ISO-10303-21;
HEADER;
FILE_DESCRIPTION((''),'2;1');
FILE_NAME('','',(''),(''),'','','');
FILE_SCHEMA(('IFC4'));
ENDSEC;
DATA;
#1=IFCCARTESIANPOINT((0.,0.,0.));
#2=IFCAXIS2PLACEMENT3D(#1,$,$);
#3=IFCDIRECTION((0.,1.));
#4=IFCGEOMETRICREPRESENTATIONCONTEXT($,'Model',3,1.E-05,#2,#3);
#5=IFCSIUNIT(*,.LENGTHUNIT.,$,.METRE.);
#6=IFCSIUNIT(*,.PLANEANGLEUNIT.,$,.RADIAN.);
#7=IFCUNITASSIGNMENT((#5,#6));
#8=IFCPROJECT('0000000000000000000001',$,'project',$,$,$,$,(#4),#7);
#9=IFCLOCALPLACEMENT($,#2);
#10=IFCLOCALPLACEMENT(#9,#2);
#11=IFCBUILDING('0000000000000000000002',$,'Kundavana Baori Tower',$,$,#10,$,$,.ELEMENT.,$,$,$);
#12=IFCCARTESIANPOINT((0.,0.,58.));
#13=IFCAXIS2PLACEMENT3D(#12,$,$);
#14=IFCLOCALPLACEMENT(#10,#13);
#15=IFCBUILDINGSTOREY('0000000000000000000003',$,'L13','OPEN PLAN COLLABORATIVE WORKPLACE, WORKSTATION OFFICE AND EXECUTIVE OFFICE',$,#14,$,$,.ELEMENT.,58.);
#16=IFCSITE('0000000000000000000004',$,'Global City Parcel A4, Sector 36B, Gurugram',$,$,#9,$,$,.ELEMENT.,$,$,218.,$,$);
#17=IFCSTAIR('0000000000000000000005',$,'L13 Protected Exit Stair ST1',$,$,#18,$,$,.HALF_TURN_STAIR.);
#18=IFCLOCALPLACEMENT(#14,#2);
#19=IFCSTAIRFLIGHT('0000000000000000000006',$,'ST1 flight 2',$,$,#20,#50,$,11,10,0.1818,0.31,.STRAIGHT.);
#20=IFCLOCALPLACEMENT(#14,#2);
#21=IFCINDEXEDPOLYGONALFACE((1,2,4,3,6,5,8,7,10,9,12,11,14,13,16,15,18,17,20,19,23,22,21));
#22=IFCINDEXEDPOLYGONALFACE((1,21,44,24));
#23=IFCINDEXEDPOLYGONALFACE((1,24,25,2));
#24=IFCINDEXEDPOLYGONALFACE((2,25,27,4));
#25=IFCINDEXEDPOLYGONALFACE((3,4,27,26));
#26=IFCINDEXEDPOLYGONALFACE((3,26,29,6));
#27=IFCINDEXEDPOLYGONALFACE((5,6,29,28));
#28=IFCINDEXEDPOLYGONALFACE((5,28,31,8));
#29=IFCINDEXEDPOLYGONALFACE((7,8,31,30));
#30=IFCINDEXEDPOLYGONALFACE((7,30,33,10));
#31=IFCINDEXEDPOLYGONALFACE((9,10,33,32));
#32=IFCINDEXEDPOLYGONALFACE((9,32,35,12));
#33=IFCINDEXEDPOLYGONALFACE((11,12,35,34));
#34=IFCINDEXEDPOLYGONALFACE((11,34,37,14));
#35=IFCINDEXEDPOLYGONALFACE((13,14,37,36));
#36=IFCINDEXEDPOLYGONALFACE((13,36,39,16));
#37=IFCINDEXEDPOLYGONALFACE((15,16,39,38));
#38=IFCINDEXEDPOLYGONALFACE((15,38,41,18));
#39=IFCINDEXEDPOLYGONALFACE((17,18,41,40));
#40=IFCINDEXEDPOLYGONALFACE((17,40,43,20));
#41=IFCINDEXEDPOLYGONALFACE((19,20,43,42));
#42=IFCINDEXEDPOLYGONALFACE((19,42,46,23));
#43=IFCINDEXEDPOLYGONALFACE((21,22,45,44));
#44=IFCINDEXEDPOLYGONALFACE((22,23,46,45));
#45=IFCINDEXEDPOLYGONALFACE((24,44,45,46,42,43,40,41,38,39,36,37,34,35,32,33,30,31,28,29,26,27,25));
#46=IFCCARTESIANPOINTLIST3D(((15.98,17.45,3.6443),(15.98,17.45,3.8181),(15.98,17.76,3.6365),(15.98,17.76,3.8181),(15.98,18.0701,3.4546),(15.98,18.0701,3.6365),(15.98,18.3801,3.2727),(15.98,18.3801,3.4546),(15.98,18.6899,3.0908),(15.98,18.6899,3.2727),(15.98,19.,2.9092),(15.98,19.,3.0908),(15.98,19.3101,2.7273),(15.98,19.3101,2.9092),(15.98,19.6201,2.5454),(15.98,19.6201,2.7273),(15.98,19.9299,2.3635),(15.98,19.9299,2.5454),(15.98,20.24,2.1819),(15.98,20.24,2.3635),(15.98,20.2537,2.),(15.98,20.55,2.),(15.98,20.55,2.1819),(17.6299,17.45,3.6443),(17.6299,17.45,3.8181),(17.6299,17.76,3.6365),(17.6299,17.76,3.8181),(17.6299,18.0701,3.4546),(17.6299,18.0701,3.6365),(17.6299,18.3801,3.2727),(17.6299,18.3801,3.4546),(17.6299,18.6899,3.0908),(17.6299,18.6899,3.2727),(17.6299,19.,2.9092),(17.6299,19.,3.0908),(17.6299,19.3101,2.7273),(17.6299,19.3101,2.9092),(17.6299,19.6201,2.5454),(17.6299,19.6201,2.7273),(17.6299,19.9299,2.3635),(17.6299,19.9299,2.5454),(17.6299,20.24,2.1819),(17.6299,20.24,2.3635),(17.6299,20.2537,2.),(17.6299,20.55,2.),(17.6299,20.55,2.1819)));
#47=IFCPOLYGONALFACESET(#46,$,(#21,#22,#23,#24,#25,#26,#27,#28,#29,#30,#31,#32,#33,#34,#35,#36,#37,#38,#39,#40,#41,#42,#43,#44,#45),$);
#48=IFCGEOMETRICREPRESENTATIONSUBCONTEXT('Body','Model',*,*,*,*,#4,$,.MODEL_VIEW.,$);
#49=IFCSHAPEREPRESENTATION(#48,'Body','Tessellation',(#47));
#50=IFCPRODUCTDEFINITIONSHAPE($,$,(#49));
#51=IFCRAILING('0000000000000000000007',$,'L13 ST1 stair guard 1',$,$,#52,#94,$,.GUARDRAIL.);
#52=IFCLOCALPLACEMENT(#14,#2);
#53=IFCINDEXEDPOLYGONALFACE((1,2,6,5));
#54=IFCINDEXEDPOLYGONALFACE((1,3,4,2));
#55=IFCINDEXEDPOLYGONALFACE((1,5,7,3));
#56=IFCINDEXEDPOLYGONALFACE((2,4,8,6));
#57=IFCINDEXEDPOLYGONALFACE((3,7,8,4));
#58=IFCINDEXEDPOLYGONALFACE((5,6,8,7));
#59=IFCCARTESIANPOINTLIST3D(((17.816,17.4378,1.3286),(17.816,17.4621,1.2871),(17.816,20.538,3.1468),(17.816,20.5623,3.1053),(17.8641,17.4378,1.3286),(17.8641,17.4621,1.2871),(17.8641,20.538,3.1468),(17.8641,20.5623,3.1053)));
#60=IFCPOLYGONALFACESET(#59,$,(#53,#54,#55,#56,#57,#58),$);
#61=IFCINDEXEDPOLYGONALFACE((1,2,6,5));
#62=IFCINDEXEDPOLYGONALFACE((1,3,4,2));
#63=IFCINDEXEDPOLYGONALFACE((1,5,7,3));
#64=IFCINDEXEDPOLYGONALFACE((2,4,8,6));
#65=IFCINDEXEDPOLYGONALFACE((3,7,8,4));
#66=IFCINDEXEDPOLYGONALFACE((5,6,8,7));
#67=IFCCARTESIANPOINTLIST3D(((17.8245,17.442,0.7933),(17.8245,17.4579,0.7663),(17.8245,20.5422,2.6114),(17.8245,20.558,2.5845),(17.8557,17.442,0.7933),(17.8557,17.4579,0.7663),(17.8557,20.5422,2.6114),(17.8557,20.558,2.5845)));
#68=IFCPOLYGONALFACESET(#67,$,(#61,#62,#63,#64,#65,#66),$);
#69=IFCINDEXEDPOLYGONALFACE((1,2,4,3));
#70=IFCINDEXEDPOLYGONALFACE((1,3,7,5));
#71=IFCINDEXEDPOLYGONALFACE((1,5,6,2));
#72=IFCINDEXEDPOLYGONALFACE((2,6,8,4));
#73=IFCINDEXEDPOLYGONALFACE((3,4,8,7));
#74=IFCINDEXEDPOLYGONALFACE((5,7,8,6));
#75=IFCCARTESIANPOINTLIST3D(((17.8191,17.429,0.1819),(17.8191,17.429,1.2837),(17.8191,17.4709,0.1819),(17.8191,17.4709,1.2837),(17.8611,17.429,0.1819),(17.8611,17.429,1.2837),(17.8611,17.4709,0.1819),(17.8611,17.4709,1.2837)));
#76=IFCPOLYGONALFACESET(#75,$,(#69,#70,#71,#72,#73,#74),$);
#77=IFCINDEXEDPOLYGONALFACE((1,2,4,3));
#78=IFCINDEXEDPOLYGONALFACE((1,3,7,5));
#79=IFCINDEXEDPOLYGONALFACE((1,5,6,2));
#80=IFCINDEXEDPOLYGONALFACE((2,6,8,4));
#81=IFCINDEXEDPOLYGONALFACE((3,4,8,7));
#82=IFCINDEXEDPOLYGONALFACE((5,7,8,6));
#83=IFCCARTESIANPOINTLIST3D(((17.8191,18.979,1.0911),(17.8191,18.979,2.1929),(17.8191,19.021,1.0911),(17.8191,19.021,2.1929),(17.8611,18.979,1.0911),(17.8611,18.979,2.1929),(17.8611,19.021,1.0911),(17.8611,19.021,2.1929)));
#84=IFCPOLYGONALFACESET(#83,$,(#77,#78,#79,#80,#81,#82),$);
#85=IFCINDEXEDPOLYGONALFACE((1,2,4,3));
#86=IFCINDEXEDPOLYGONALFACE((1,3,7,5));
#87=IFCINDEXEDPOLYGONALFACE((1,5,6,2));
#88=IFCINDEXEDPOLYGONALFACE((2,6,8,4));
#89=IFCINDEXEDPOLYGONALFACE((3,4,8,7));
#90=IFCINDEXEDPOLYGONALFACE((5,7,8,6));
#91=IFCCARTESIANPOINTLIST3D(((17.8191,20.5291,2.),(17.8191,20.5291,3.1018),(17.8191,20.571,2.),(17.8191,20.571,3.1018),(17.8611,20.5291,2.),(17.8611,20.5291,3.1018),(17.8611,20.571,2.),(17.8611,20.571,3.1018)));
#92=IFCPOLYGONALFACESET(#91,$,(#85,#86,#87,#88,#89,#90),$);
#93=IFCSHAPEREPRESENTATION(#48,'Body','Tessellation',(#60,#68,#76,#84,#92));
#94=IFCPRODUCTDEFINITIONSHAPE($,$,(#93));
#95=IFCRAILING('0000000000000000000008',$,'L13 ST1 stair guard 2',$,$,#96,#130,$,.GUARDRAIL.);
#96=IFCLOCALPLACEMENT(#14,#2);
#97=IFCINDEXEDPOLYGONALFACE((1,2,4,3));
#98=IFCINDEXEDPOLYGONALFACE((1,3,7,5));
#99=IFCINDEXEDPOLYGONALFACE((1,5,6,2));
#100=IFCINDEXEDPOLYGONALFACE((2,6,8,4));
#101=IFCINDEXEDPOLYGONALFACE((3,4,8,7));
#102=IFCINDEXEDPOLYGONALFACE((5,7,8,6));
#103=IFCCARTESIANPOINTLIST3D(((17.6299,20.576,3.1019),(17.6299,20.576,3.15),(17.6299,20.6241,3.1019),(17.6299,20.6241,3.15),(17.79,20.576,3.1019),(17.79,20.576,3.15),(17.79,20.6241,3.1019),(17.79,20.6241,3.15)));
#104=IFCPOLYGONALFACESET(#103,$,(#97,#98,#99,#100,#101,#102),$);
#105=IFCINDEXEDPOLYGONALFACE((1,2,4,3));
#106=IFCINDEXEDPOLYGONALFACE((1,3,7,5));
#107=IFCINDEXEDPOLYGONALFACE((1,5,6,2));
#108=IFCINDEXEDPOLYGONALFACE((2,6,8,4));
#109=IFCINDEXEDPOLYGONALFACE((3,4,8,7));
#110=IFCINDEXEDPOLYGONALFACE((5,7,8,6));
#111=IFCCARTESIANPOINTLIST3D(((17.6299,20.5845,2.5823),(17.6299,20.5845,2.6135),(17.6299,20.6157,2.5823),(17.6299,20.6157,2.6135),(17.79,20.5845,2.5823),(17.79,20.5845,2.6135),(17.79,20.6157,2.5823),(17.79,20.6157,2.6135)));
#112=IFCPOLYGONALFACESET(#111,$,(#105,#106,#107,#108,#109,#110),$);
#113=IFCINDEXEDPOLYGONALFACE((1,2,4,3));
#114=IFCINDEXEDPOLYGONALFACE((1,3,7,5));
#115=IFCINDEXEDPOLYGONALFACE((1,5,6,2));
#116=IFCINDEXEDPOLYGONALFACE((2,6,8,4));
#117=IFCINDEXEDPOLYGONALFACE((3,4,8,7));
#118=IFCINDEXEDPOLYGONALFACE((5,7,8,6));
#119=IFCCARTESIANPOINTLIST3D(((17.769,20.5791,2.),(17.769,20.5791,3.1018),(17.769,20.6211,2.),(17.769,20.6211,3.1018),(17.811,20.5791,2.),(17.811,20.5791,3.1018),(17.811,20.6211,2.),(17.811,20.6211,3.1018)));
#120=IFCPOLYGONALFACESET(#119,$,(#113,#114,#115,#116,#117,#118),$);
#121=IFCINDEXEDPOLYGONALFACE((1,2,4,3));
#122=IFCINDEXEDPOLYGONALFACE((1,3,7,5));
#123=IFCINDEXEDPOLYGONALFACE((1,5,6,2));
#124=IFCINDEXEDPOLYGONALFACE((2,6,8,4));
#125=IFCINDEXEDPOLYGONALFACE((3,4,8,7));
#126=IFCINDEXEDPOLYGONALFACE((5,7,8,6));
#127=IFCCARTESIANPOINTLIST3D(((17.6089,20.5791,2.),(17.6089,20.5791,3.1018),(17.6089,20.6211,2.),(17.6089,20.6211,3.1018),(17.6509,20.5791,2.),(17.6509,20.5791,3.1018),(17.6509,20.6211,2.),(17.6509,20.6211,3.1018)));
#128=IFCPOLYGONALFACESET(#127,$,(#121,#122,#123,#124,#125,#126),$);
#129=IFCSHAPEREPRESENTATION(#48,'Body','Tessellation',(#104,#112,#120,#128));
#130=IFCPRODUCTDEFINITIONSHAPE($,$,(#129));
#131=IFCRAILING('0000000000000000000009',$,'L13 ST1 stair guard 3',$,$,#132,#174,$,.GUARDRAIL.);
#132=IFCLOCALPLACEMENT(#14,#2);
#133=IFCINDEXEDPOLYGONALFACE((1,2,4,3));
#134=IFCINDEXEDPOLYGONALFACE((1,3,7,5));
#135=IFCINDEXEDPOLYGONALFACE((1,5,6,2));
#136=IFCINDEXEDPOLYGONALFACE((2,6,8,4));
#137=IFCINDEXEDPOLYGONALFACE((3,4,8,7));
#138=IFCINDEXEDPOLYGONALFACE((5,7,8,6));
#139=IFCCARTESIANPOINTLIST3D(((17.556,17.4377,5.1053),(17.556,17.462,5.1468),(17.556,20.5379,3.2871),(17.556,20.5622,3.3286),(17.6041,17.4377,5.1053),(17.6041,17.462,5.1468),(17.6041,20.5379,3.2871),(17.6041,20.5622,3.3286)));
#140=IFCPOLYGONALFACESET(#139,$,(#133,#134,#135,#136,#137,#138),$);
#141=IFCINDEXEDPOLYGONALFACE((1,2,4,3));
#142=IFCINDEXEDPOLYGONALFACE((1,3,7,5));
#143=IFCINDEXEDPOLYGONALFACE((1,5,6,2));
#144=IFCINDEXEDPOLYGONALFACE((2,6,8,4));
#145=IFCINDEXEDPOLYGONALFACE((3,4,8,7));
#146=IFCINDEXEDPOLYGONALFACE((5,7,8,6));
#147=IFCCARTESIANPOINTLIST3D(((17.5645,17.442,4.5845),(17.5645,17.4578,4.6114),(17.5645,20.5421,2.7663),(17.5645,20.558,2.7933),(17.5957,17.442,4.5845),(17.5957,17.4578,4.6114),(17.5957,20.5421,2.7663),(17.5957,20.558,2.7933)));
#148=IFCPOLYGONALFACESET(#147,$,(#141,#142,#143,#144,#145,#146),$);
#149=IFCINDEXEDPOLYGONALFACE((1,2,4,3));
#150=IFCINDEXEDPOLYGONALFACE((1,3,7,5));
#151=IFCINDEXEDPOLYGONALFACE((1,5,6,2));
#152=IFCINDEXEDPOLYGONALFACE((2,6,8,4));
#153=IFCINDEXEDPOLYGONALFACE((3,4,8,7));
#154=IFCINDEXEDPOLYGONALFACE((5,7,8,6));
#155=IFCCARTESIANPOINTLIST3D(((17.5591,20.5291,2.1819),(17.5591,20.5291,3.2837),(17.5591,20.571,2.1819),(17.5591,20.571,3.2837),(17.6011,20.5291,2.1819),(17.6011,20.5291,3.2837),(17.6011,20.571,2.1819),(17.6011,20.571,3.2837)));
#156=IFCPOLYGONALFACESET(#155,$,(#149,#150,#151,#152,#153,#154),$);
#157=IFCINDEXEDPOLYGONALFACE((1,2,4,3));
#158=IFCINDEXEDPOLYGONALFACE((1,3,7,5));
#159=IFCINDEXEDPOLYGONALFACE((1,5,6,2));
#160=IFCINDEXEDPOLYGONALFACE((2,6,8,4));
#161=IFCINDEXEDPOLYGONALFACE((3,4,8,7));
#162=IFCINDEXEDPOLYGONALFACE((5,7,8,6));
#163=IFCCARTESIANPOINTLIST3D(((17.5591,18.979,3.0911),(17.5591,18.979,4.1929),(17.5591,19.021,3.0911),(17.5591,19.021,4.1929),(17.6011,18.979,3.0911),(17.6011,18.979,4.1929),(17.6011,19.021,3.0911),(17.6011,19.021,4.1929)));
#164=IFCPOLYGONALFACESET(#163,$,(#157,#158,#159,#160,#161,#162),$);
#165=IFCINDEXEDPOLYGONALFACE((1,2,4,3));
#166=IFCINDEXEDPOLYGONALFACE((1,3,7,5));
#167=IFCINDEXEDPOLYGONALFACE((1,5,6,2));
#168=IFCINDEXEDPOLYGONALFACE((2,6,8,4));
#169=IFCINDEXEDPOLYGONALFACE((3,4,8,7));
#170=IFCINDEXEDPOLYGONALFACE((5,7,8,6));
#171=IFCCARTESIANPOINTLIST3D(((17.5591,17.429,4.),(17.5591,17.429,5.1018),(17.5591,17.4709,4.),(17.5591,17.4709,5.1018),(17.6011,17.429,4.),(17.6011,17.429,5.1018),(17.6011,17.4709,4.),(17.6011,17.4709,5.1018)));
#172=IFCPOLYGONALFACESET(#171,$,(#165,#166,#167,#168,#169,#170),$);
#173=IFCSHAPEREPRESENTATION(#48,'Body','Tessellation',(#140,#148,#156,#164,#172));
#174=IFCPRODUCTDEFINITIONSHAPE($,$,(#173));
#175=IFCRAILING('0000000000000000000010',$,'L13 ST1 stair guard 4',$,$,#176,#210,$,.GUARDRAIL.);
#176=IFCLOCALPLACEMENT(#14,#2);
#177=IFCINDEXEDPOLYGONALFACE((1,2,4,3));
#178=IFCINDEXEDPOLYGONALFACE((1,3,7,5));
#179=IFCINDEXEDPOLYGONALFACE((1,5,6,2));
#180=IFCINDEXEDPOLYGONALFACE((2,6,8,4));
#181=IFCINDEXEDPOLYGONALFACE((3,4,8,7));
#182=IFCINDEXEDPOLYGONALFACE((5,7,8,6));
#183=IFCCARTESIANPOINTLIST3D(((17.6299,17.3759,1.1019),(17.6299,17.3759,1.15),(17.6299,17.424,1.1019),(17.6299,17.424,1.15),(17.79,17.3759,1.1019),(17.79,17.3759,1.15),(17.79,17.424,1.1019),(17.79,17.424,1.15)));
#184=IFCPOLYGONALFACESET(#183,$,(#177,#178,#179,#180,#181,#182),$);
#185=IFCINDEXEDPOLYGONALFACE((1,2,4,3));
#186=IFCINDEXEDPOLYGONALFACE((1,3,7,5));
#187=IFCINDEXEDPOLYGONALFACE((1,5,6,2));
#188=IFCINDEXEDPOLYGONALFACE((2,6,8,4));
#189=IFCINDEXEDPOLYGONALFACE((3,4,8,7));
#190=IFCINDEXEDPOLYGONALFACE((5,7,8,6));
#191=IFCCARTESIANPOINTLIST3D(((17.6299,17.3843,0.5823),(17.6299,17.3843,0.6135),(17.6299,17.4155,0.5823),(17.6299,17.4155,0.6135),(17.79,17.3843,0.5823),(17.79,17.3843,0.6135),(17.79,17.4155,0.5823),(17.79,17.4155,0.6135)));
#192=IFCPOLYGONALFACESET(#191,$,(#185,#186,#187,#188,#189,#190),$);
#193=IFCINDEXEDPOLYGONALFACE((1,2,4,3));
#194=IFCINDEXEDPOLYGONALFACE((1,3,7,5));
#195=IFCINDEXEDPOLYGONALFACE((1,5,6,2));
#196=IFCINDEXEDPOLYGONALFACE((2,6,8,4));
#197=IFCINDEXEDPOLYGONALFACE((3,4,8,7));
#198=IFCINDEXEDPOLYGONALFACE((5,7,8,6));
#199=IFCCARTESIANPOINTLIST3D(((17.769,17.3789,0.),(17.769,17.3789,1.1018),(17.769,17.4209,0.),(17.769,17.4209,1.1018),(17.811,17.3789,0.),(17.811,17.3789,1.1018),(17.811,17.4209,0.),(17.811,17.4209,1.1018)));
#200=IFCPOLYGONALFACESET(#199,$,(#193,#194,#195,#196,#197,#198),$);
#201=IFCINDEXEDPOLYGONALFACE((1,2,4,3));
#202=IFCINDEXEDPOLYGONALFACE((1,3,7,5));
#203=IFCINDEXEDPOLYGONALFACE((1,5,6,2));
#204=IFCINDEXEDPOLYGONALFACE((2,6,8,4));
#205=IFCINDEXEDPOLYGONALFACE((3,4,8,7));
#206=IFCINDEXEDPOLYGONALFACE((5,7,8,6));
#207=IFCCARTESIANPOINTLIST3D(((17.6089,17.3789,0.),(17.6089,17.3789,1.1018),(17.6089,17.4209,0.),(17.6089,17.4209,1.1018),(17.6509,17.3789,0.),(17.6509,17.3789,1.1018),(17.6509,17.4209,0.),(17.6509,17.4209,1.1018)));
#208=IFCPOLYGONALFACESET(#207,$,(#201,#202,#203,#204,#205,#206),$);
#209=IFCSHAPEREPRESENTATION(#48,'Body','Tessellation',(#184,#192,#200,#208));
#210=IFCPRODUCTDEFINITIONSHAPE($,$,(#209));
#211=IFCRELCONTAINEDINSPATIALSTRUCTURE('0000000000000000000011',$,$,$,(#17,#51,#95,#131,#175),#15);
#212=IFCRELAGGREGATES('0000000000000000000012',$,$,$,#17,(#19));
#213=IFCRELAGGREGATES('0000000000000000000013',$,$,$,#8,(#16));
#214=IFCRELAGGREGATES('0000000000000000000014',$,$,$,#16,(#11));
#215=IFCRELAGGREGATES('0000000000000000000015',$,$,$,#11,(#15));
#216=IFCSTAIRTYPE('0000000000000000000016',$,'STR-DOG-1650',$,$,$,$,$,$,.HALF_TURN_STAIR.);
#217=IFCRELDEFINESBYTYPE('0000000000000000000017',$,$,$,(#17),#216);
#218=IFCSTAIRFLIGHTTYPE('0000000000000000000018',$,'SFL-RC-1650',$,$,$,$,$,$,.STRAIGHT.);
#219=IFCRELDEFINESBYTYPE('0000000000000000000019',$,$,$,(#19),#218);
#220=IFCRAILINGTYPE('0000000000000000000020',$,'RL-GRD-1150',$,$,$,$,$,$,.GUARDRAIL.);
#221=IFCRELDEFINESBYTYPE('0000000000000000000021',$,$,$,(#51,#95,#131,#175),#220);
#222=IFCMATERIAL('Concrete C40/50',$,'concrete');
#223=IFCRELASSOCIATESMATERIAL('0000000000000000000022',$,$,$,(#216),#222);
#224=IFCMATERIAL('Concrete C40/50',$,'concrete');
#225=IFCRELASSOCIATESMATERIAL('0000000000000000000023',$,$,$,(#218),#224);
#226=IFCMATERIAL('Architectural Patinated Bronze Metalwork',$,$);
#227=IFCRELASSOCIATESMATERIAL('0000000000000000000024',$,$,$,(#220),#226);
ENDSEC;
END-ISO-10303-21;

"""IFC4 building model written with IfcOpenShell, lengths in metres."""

from ifc_helpers import new_model, si_unit, direction, frame, origin, origin_2d, place, context, subcontext, project, spatial, polyline, rectangle, outline, extrude, material, type_object, element, aggregate, save


model = new_model("IFC4")

# Units and contexts
model_context = context("Model", 3, precision=1e-05, world=origin(), true_north=direction((0.0, 1.0)))
body_context = subcontext(model_context, "Body", "Model", "MODEL_VIEW")
ifc_project = project(units=[si_unit("LENGTHUNIT", "METRE"), si_unit("PLANEANGLEUNIT", "RADIAN")], contexts=[model_context])

# Site, building, storey
site_placement = place(None, origin())
site = spatial("IfcSite", under=ifc_project, at=site_placement, Name="Global City Parcel A4, Sector 36B, Gurugram", CompositionType="ELEMENT", RefElevation=218.0)
building_placement = place(site_placement, origin())
building = spatial("IfcBuilding", under=site, at=building_placement, Name="Kundavana Baori Tower", CompositionType="ELEMENT")
storey_placement = place(building_placement, frame((0.0, 0.0, 58.0)))
storey = spatial("IfcBuildingStorey", under=building, at=storey_placement, Name="L13", Description="OPEN PLAN COLLABORATIVE WORKPLACE, WORKSTATION OFFICE AND EXECUTIVE OFFICE", CompositionType="ELEMENT", Elevation=58.0)

# Stair, stair flight
ifc_material_1 = material(Name="Concrete C40/50", Category="concrete")
stair_type = type_object("IfcStairType", Name="STR-DOG-1650", PredefinedType="HALF_TURN_STAIR", material=ifc_material_1)
stair_placement = place(storey_placement, origin())
stair = element("IfcStair", 1, at=stair_placement, inside=storey, type_object=stair_type, Name="L13 Protected Exit Stair ST1", PredefinedType="HALF_TURN_STAIR")
ifc_material_2 = material(Name="Concrete C40/50", Category="concrete")
stair_flight_type = type_object("IfcStairFlightType", Name="SFL-RC-1650", PredefinedType="STRAIGHT", material=ifc_material_2)
stair_flight_1_placement = place(storey_placement, frame((16.8049, 20.55, 2.0), z_axis=(0.0, 0.0, 1.0), x_axis=(0.0, -1.0, 0.0)))
stair_flight_1 = element("IfcStairFlight", 2, at=stair_flight_1_placement, type_object=stair_flight_type, Name="ST1 flight 2", NumberOfRisers=11, NumberOfTreads=10, PredefinedType="STRAIGHT", RiserHeight=0.1818, TreadLength=0.31, context=body_context, shape_type="SweptSolid", body=[
    extrude(outline(polyline([(0.0, 0.0), (0.0, 0.1819), (0.3101, 0.1819), (0.3101, 0.3635), (0.6201, 0.3635), (0.6201, 0.5454), (0.9299, 0.5454), (0.9299, 0.7273), (1.24, 0.7273), (1.24, 0.9092), (1.55, 0.9092), (1.55, 1.0908), (1.8601, 1.0908), (1.8601, 1.2727), (2.1699, 1.2727), (2.1699, 1.4546), (2.48, 1.4546), (2.48, 1.6365), (2.79, 1.6365), (2.79, 1.8181), (3.1001, 1.8181), (3.1001, 2.0), (3.1001, 1.6443), (0.2964, 0.0), (0.0, 0.0)])), frame((0.0, 0.825, 0.0), z_axis=(0.0, -1.0, 0.0), x_axis=(1.0, 0.0, 0.0)), (0.0, 0.0, 1.0), 1.6499),
])
aggregate(stair, [stair_flight_1])

# Railings
ifc_material_3 = material(Name="Architectural Patinated Bronze Metalwork")
railing_type_1 = type_object("IfcRailingType", Name="RL-GRD-1150", PredefinedType="GUARDRAIL", material=ifc_material_3)
railing_1_placement = place(storey_placement, frame((17.8401, 17.45, 0.1819)))
element("IfcRailing", 3, at=railing_1_placement, inside=storey, type_object=railing_type_1, Name="L13 ST1 stair guard 1", PredefinedType="GUARDRAIL", context=body_context, shape_type="SweptSolid", body=[
    extrude(rectangle(XDim=0.0481, YDim=0.0481, at=origin_2d()), frame((0.0, 0.0, 1.126), z_axis=(0.0, 0.862599, 0.505889), x_axis=(-1.0, 0.0, 0.0)), (0.0, 0.0, 1.0), 3.594),
    extrude(rectangle(XDim=0.0312, YDim=0.0312, at=origin_2d()), frame((0.0, 0.0, 0.5979), z_axis=(0.0, 0.862599, 0.505889), x_axis=(-1.0, 0.0, 0.0)), (0.0, 0.0, 1.0), 3.594),
    extrude(rectangle(XDim=0.042, YDim=0.042, at=origin_2d()), origin(), (0.0, 0.0, 1.0), 1.1018),
    extrude(rectangle(XDim=0.042, YDim=0.042, at=origin_2d()), frame((0.0, 1.55, 0.9092)), (0.0, 0.0, 1.0), 1.1018),
    extrude(rectangle(XDim=0.042, YDim=0.042, at=origin_2d()), frame((0.0, 3.1001, 1.8181)), (0.0, 0.0, 1.0), 1.1018),
])
railing_2_placement = place(storey_placement, frame((17.79, 20.6001, 2.0)))
element("IfcRailing", 4, at=railing_2_placement, inside=storey, type_object=railing_type_1, Name="L13 ST1 stair guard 2", PredefinedType="GUARDRAIL", context=body_context, shape_type="SweptSolid", body=[
    extrude(rectangle(XDim=0.0481, YDim=0.0481, at=origin_2d()), frame((0.0, 0.0, 1.126), z_axis=(-1.0, 0.0, 0.0), x_axis=(0.0, -1.0, 0.0)), (0.0, 0.0, 1.0), 0.1602),
    extrude(rectangle(XDim=0.0312, YDim=0.0312, at=origin_2d()), frame((0.0, 0.0, 0.5979), z_axis=(-1.0, 0.0, 0.0), x_axis=(0.0, -1.0, 0.0)), (0.0, 0.0, 1.0), 0.1602),
    extrude(rectangle(XDim=0.042, YDim=0.042, at=origin_2d()), origin(), (0.0, 0.0, 1.0), 1.1018),
    extrude(rectangle(XDim=0.042, YDim=0.042, at=origin_2d()), frame((-0.1602, 0.0, 0.0)), (0.0, 0.0, 1.0), 1.1018),
])
railing_3_placement = place(storey_placement, frame((17.5801, 20.55, 2.1819)))
element("IfcRailing", 5, at=railing_3_placement, inside=storey, type_object=railing_type_1, Name="L13 ST1 stair guard 3", PredefinedType="GUARDRAIL", context=body_context, shape_type="SweptSolid", body=[
    extrude(rectangle(XDim=0.0481, YDim=0.0481, at=origin_2d()), frame((0.0, 0.0, 1.126), z_axis=(0.0, -0.862599, 0.505889), x_axis=(1.0, 0.0, 0.0)), (0.0, 0.0, 1.0), 3.594),
    extrude(rectangle(XDim=0.0312, YDim=0.0312, at=origin_2d()), frame((0.0, 0.0, 0.5979), z_axis=(0.0, -0.862599, 0.505889), x_axis=(1.0, 0.0, 0.0)), (0.0, 0.0, 1.0), 3.594),
    extrude(rectangle(XDim=0.042, YDim=0.042, at=origin_2d()), origin(), (0.0, 0.0, 1.0), 1.1018),
    extrude(rectangle(XDim=0.042, YDim=0.042, at=origin_2d()), frame((0.0, -1.55, 0.9092)), (0.0, 0.0, 1.0), 1.1018),
    extrude(rectangle(XDim=0.042, YDim=0.042, at=origin_2d()), frame((0.0, -3.1001, 1.8181)), (0.0, 0.0, 1.0), 1.1018),
])
railing_4_placement = place(storey_placement, frame((17.79, 17.3999, 0.0)))
element("IfcRailing", 6, at=railing_4_placement, inside=storey, type_object=railing_type_1, Name="L13 ST1 stair guard 4", PredefinedType="GUARDRAIL", context=body_context, shape_type="SweptSolid", body=[
    extrude(rectangle(XDim=0.0481, YDim=0.0481, at=origin_2d()), frame((0.0, 0.0, 1.126), z_axis=(-1.0, 0.0, 0.0), x_axis=(0.0, -1.0, 0.0)), (0.0, 0.0, 1.0), 0.1602),
    extrude(rectangle(XDim=0.0312, YDim=0.0312, at=origin_2d()), frame((0.0, 0.0, 0.5979), z_axis=(-1.0, 0.0, 0.0), x_axis=(0.0, -1.0, 0.0)), (0.0, 0.0, 1.0), 0.1602),
    extrude(rectangle(XDim=0.042, YDim=0.042, at=origin_2d()), origin(), (0.0, 0.0, 1.0), 1.1018),
    extrude(rectangle(XDim=0.042, YDim=0.042, at=origin_2d()), frame((-0.1602, 0.0, 0.0)), (0.0, 0.0, 1.0), 1.1018),
])

save(model, "model.ifc")
